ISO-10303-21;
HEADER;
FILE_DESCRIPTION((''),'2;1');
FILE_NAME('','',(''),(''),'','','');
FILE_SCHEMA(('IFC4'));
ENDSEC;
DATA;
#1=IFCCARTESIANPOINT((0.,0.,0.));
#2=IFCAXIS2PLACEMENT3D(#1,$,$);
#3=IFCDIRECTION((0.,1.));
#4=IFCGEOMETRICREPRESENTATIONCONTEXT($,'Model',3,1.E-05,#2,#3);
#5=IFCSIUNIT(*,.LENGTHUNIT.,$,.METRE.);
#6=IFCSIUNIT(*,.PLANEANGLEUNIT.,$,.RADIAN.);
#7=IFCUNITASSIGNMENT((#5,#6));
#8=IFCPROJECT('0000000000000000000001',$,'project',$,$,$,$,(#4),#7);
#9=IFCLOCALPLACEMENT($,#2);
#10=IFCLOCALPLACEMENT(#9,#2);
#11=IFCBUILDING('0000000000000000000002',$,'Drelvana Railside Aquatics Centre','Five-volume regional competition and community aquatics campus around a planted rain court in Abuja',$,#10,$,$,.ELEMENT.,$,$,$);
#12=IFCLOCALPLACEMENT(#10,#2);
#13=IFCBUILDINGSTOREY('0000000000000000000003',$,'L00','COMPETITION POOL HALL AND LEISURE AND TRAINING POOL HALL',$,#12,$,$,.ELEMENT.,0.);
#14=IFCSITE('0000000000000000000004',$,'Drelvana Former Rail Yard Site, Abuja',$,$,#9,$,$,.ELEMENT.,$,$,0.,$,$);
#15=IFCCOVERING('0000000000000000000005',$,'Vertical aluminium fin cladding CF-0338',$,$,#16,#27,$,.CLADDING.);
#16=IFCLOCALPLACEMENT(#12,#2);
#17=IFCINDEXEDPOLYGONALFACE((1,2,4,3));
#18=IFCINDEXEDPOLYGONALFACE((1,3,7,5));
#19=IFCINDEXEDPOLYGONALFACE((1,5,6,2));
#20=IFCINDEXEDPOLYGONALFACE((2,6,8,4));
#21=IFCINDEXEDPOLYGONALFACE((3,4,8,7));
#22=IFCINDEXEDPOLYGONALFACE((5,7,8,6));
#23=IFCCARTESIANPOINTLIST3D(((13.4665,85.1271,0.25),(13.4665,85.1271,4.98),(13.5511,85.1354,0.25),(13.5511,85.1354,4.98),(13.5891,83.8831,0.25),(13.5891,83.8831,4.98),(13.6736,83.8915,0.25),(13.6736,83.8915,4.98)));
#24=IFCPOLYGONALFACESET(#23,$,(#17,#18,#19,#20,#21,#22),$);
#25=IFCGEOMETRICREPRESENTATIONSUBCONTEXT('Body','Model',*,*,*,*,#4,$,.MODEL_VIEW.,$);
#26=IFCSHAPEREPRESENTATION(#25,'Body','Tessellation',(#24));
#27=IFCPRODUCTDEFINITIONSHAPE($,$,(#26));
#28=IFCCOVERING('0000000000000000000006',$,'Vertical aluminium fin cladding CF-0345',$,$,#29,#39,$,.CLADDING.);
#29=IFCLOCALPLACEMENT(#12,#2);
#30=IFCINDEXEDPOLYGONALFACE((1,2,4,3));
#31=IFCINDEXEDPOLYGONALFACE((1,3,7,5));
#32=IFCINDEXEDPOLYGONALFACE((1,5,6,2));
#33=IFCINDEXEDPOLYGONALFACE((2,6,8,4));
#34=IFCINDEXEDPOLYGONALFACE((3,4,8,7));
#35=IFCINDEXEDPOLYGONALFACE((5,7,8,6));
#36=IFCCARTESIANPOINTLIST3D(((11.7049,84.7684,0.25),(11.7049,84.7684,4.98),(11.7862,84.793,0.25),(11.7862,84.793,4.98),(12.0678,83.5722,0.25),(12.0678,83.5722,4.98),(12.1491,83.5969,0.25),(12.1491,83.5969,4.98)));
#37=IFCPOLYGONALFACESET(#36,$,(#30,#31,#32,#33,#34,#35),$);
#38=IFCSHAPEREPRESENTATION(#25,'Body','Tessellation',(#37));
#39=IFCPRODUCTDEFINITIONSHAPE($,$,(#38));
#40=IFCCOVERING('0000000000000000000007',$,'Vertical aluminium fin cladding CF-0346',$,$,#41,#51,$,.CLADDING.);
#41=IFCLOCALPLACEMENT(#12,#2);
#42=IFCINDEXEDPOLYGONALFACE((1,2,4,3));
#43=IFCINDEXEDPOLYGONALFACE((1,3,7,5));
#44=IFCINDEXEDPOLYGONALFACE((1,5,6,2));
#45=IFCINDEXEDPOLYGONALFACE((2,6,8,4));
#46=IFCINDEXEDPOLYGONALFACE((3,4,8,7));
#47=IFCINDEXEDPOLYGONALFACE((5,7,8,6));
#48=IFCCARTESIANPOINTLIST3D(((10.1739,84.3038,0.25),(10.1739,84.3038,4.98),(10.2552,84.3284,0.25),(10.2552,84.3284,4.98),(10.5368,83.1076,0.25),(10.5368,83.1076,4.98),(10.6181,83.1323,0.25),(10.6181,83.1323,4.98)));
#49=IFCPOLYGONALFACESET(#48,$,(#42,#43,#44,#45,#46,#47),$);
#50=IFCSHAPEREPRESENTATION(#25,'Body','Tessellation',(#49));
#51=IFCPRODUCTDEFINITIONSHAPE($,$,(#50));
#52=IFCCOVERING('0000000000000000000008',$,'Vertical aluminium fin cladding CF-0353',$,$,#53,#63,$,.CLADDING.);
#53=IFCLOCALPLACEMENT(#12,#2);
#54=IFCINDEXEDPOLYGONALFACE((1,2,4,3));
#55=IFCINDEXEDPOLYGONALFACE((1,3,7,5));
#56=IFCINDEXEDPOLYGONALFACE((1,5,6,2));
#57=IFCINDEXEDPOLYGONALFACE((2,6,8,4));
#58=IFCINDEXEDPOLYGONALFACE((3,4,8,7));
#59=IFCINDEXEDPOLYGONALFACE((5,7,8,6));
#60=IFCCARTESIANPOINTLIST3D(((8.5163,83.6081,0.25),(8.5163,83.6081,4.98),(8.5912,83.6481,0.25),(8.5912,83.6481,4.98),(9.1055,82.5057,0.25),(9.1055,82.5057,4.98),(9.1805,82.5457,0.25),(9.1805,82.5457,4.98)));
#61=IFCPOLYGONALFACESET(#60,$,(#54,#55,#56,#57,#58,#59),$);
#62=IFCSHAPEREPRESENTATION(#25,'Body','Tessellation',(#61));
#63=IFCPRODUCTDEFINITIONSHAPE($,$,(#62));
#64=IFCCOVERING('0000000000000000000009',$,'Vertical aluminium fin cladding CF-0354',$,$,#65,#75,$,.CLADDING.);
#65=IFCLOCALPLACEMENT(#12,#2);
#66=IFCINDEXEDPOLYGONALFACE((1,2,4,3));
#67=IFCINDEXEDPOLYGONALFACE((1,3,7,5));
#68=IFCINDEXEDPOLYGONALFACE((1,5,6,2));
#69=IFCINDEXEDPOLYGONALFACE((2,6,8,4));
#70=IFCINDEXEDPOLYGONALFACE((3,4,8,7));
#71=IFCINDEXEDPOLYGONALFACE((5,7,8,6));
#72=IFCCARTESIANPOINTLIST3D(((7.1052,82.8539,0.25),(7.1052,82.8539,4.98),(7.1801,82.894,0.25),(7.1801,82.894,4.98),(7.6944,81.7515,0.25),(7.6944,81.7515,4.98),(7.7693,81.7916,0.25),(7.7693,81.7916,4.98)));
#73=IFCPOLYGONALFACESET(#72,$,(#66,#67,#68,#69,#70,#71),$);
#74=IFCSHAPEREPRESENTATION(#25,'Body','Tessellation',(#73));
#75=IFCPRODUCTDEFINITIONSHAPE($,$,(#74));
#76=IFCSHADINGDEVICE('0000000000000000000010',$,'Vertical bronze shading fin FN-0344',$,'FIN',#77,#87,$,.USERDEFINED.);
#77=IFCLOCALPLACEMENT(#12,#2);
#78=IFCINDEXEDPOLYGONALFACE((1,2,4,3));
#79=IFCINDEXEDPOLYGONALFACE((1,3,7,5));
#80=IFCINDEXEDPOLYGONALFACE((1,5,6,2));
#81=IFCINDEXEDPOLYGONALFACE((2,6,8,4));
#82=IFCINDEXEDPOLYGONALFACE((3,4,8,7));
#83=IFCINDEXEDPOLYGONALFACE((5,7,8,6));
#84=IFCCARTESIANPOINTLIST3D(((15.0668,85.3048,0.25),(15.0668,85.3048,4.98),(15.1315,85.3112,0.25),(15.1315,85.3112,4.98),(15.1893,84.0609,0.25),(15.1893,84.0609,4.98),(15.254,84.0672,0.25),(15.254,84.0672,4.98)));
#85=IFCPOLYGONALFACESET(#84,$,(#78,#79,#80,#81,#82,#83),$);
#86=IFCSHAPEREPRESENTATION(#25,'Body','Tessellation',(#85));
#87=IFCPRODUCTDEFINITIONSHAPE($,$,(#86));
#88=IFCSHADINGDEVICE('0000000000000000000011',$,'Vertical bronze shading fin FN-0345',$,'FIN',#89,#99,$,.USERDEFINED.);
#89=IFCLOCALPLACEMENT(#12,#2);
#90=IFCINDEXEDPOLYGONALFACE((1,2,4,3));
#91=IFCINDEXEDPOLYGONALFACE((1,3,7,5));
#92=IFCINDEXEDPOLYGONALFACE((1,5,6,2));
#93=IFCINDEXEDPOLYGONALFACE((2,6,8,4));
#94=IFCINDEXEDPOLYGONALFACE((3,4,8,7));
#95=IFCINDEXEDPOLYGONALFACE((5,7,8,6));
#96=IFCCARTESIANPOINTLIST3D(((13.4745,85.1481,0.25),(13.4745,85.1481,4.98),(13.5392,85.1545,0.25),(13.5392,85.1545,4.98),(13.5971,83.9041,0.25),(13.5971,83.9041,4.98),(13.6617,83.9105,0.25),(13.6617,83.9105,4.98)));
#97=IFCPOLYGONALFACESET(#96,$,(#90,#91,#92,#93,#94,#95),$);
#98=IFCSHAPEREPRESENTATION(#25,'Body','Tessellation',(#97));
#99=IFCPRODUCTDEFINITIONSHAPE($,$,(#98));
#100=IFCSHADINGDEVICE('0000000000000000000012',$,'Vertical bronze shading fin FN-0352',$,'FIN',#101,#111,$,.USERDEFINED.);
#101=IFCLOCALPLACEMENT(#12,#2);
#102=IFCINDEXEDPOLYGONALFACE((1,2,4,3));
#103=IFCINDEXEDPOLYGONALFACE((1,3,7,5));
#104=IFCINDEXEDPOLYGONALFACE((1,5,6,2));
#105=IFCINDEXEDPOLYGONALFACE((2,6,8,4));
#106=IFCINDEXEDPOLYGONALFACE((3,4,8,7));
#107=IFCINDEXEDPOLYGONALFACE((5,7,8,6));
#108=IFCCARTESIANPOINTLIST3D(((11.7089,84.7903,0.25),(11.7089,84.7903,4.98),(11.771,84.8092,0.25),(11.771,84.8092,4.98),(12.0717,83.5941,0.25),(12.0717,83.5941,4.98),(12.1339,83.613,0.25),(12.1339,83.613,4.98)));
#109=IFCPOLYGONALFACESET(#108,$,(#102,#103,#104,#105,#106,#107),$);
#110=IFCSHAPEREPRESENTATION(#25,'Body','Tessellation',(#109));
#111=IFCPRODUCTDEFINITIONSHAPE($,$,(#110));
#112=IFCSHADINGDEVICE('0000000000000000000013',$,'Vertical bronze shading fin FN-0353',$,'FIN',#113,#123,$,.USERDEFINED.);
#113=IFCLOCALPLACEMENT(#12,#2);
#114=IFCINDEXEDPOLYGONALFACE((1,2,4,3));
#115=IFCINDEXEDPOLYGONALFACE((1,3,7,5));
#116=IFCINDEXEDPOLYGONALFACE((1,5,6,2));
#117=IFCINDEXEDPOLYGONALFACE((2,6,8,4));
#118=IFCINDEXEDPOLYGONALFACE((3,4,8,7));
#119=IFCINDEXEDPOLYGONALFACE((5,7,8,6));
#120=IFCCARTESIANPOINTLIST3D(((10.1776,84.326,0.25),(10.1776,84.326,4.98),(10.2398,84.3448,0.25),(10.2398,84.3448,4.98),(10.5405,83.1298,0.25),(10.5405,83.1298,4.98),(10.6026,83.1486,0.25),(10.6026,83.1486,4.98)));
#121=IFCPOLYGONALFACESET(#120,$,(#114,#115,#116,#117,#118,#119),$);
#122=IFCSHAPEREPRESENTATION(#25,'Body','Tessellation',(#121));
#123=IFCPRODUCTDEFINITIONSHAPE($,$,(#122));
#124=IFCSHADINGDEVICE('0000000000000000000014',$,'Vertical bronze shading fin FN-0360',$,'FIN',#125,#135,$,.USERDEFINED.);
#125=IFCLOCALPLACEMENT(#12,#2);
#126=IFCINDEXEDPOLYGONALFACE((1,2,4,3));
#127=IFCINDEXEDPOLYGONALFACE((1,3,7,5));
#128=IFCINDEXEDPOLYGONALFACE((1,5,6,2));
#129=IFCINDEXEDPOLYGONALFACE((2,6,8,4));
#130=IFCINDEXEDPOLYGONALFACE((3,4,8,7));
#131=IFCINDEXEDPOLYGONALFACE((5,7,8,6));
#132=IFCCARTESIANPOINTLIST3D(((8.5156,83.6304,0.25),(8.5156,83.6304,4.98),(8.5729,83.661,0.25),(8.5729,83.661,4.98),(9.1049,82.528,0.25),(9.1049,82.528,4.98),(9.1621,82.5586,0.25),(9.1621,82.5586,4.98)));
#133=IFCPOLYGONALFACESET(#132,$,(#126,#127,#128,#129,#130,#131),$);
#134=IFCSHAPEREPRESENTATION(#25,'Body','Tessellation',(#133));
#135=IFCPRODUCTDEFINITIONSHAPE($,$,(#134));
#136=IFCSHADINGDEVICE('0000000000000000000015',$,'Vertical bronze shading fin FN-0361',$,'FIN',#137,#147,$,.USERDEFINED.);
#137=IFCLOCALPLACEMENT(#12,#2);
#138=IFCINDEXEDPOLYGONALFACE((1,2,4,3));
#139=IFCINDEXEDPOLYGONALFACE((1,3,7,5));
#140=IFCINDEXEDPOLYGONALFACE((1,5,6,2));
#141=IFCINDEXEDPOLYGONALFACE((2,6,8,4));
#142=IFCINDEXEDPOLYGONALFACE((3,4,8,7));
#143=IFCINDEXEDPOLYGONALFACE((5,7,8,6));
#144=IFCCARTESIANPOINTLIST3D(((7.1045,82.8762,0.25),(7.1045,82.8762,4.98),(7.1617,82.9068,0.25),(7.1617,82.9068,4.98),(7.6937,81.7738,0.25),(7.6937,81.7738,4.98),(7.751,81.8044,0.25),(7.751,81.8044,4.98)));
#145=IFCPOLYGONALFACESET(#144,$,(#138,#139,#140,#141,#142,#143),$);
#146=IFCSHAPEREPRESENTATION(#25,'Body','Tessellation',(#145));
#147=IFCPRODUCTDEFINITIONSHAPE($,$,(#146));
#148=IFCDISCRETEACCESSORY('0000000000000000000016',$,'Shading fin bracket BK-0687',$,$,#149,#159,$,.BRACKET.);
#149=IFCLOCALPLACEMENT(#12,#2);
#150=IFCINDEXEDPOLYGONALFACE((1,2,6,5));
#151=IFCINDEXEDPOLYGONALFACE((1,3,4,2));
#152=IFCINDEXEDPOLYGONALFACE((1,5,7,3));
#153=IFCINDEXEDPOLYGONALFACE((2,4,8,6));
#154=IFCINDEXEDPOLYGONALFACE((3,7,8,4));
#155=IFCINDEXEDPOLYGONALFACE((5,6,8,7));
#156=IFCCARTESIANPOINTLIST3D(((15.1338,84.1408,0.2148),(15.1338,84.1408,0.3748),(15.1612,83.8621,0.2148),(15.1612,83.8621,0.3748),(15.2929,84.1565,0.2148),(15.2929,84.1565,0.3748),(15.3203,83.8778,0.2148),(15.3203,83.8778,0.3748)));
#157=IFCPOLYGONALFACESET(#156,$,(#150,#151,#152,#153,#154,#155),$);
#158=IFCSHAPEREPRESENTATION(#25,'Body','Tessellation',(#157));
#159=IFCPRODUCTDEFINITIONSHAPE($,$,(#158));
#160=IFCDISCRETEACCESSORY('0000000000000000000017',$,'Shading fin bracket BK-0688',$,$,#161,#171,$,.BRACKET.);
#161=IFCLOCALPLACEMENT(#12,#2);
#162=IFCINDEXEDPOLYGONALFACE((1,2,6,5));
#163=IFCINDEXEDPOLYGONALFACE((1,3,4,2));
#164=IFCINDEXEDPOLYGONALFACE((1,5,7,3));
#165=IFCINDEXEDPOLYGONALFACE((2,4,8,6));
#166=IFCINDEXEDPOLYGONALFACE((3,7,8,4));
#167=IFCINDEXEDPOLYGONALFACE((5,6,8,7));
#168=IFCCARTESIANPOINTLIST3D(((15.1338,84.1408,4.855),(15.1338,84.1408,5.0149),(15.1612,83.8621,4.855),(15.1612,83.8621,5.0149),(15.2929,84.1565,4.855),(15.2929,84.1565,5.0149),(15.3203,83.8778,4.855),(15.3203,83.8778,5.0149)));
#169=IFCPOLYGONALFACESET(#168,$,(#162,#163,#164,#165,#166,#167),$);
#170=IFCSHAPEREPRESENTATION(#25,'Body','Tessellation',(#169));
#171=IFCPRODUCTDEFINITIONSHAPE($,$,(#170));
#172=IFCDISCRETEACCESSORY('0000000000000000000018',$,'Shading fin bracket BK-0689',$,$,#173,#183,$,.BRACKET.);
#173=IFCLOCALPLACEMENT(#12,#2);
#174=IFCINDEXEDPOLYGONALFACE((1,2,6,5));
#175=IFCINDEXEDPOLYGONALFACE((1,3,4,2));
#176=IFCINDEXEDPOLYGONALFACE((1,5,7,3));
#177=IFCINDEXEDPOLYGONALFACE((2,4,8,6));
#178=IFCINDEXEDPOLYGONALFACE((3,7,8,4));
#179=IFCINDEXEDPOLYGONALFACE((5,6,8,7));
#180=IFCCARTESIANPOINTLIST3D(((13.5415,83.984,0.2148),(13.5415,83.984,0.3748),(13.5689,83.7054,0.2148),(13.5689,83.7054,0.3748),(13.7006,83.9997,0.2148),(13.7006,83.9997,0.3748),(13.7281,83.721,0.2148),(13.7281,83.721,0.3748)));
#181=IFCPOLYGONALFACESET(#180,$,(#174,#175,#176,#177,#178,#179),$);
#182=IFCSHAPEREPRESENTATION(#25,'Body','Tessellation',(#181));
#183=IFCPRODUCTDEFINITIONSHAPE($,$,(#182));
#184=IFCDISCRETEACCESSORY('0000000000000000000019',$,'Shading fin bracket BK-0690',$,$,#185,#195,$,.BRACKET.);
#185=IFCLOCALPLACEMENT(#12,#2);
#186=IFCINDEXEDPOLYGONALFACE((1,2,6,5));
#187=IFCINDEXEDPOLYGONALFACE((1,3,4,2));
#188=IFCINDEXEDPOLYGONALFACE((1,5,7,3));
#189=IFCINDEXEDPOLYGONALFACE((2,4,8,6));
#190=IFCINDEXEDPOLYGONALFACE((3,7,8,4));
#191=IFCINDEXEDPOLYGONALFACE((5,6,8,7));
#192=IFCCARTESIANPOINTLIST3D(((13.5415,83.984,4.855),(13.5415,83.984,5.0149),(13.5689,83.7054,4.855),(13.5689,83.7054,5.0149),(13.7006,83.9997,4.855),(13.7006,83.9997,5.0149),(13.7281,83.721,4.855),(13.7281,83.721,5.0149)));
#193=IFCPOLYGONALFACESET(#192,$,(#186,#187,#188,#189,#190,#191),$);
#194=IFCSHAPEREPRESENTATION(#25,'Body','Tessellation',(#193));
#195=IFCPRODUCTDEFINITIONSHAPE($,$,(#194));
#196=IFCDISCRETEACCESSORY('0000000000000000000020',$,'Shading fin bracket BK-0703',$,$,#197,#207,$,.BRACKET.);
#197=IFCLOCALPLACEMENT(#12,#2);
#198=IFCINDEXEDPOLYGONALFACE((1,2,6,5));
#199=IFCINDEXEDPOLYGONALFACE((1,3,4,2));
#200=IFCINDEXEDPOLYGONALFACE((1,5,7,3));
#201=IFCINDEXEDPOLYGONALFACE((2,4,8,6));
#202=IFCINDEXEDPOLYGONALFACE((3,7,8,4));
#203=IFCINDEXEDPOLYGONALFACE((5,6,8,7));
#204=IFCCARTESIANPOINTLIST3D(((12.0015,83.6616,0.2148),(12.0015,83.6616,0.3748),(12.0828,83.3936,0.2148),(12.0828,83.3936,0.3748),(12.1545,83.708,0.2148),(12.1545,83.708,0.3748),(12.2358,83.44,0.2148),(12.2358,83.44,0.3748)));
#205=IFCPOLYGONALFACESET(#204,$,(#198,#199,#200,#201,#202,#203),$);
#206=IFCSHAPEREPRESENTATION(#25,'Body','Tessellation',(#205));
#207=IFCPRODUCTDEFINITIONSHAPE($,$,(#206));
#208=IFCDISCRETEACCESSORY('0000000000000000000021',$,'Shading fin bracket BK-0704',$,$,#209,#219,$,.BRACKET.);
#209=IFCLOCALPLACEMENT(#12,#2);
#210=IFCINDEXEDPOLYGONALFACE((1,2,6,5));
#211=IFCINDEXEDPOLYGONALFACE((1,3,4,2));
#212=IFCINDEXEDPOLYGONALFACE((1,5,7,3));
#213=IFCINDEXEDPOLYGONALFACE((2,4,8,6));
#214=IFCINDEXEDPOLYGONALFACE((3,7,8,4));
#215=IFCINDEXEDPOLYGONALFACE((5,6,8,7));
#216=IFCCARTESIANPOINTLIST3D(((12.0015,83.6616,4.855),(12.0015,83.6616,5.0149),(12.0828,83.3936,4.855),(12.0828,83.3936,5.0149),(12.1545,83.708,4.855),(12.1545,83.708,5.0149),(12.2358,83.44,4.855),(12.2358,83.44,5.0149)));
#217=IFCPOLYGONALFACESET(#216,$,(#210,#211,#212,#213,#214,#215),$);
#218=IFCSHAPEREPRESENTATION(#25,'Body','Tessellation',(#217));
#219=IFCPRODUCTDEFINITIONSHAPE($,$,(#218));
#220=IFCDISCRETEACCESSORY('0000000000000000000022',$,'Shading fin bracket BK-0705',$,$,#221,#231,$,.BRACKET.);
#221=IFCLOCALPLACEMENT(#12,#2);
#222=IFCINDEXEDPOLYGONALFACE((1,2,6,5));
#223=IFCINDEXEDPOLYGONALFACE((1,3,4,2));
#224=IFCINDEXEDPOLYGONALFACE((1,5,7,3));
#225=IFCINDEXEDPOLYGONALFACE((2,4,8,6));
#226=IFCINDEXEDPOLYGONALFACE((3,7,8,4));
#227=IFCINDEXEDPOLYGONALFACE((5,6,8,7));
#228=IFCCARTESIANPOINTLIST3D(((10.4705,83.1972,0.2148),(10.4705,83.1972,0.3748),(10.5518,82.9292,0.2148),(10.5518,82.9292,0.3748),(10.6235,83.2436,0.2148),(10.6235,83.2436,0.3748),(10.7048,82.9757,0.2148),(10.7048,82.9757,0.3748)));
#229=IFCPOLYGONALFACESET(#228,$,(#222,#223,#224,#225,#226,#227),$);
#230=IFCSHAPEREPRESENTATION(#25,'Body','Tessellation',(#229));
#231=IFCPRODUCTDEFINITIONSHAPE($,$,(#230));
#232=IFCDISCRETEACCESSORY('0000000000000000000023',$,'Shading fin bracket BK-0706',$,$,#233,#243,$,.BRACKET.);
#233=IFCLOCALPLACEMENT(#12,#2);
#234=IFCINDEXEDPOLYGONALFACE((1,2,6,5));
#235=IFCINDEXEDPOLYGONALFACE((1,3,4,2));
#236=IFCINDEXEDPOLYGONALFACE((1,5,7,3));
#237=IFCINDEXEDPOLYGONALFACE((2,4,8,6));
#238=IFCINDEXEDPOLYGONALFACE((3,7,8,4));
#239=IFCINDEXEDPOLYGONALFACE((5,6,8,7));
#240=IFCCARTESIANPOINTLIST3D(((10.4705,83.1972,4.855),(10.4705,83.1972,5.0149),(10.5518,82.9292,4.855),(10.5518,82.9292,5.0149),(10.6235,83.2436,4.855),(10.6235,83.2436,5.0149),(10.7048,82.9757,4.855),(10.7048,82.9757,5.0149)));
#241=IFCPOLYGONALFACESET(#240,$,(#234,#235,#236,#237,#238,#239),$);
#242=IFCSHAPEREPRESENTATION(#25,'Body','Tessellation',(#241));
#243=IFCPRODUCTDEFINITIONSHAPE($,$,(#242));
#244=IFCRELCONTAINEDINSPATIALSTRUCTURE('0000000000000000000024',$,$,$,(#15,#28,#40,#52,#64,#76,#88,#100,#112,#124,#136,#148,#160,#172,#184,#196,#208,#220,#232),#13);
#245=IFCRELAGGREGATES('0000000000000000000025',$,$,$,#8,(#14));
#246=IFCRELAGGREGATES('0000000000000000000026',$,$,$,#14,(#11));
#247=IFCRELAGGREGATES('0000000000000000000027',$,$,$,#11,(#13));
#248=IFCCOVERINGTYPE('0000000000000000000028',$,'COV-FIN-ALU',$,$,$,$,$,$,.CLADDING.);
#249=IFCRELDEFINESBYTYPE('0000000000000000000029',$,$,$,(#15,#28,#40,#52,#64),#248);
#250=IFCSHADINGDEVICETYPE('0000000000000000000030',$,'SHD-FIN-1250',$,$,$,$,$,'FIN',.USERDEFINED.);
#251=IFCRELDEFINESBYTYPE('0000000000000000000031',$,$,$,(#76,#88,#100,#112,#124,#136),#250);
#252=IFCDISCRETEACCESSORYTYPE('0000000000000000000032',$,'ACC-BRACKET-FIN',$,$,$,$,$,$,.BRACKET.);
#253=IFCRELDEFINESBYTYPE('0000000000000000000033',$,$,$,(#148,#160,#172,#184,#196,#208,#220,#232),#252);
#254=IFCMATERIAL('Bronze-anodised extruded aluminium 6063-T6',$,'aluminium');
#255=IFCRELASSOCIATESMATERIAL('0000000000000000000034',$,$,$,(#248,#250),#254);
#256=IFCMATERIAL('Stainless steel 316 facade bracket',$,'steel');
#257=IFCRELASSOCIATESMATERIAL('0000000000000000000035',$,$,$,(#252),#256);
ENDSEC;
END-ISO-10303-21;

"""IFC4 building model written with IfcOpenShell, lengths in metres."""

from ifc_helpers import new_model, si_unit, direction, frame, origin, origin_2d, place, context, subcontext, project, spatial, rectangle, extrude, material, type_object, element, save


model = new_model("IFC4")

# Units and contexts
model_context = context("Model", 3, precision=1e-05, world=origin(), true_north=direction((0.0, 1.0)))
body_context = subcontext(model_context, "Body", "Model", "MODEL_VIEW")
ifc_project = project(units=[si_unit("LENGTHUNIT", "METRE"), si_unit("PLANEANGLEUNIT", "RADIAN")], contexts=[model_context])

# Site, building, storey
site_placement = place(None, origin())
site = spatial("IfcSite", under=ifc_project, at=site_placement, Name="Drelvana Former Rail Yard Site, Abuja", CompositionType="ELEMENT", RefElevation=0.0)
building_placement = place(site_placement, origin())
building = spatial("IfcBuilding", under=site, at=building_placement, Name="Drelvana Railside Aquatics Centre", Description="Five-volume regional competition and community aquatics campus around a planted rain court in Abuja", CompositionType="ELEMENT")
storey_placement = place(building_placement, origin())
storey = spatial("IfcBuildingStorey", under=building, at=storey_placement, Name="L00", Description="COMPETITION POOL HALL AND LEISURE AND TRAINING POOL HALL", CompositionType="ELEMENT", Elevation=0.0)

# Coverings
ifc_material_1 = material(Name="Bronze-anodised extruded aluminium 6063-T6", Category="aluminium")
covering_type = type_object("IfcCoveringType", Name="COV-FIN-ALU", PredefinedType="CLADDING", material=ifc_material_1)
for number, where, z_axis, x_axis, name in (
    (1, (13.5701, 84.5093, 0.25), (0.0, 0.0, 1.0), (0.995185, 0.098017, 0.0), "Vertical aluminium fin cladding CF-0338"),
    (2, (11.927, 84.1826, 0.25), (0.0, 0.0, 1.0), (0.95694, 0.290285, 0.0), "Vertical aluminium fin cladding CF-0345"),
    (3, (10.396, 83.718, 0.25), (0.0, 0.0, 1.0), (0.95694, 0.290285, 0.0), "Vertical aluminium fin cladding CF-0346"),
    (4, (8.8484, 83.0769, 0.25), (0.0, 0.0, 1.0), (0.881921, 0.471397, 0.0), "Vertical aluminium fin cladding CF-0353"),
    (5, (7.4373, 82.3228, 0.25), (0.0, 0.0, 1.0), (0.881921, 0.471397, 0.0), "Vertical aluminium fin cladding CF-0354"),
):
    element("IfcCovering", number, at=place(storey_placement, frame(where, z_axis=z_axis, x_axis=x_axis)), inside=storey, type_object=covering_type, Name=name, PredefinedType="CLADDING", context=body_context, shape_type="SweptSolid", body=[
        extrude(rectangle(XDim=0.085, YDim=1.25, at=origin_2d()), origin(), (0.0, 0.0, 1.0), 4.73),
    ])

# Shading devices
shading_device_type = type_object("IfcShadingDeviceType", Name="SHD-FIN-1250", ElementType="FIN", PredefinedType="USERDEFINED", material=ifc_material_1)
for number, where, z_axis, x_axis, name in (
    (6, (15.1604, 84.686, 0.25), (0.0, 0.0, 1.0), (-0.098017, 0.995185, 0.0), "Vertical bronze shading fin FN-0344"),
    (7, (13.5681, 84.5293, 0.25), (0.0, 0.0, 1.0), (-0.098017, 0.995185, 0.0), "Vertical bronze shading fin FN-0345"),
    (8, (11.9214, 84.2017, 0.25), (0.0, 0.0, 1.0), (-0.290285, 0.95694, 0.0), "Vertical bronze shading fin FN-0352"),
    (9, (10.3901, 83.7373, 0.25), (0.0, 0.0, 1.0), (-0.290285, 0.95694, 0.0), "Vertical bronze shading fin FN-0353"),
    (10, (8.8389, 83.0945, 0.25), (0.0, 0.0, 1.0), (-0.471397, 0.881921, 0.0), "Vertical bronze shading fin FN-0360"),
    (11, (7.4277, 82.3403, 0.25), (0.0, 0.0, 1.0), (-0.471397, 0.881921, 0.0), "Vertical bronze shading fin FN-0361"),
):
    element("IfcShadingDevice", number, at=place(storey_placement, frame(where, z_axis=z_axis, x_axis=x_axis)), inside=storey, type_object=shading_device_type, Name=name, ObjectType="FIN", PredefinedType="USERDEFINED", context=body_context, shape_type="SweptSolid", body=[
        extrude(rectangle(XDim=1.25, YDim=0.0649, at=origin_2d()), origin(), (0.0, 0.0, 1.0), 4.73),
    ])

# Discrete accessories
ifc_material_2 = material(Name="Stainless steel 316 facade bracket", Category="steel")
discrete_accessory_type = type_object("IfcDiscreteAccessoryType", Name="ACC-BRACKET-FIN", PredefinedType="BRACKET", material=ifc_material_2)
for number, where, z_axis, x_axis, name in (
    (12, (15.2271, 84.0093, 0.2148), (0.0, 0.0, 1.0), (-0.098017, 0.995185, 0.0), "Shading fin bracket BK-0687"),
    (13, (15.2271, 84.0093, 4.855), (0.0, 0.0, 1.0), (-0.098017, 0.995185, 0.0), "Shading fin bracket BK-0688"),
    (14, (13.6348, 83.8525, 0.2148), (0.0, 0.0, 1.0), (-0.098017, 0.995185, 0.0), "Shading fin bracket BK-0689"),
    (15, (13.6348, 83.8525, 4.855), (0.0, 0.0, 1.0), (-0.098017, 0.995185, 0.0), "Shading fin bracket BK-0690"),
    (16, (12.1187, 83.5508, 0.2148), (0.0, 0.0, 1.0), (-0.290285, 0.95694, 0.0), "Shading fin bracket BK-0703"),
    (17, (12.1187, 83.5508, 4.855), (0.0, 0.0, 1.0), (-0.290285, 0.95694, 0.0), "Shading fin bracket BK-0704"),
    (18, (10.5876, 83.0864, 0.2148), (0.0, 0.0, 1.0), (-0.290285, 0.95694, 0.0), "Shading fin bracket BK-0705"),
    (19, (10.5876, 83.0864, 4.855), (0.0, 0.0, 1.0), (-0.290285, 0.95694, 0.0), "Shading fin bracket BK-0706"),
):
    element("IfcDiscreteAccessory", number, at=place(storey_placement, frame(where, z_axis=z_axis, x_axis=x_axis)), inside=storey, type_object=discrete_accessory_type, Name=name, PredefinedType="BRACKET", context=body_context, shape_type="SweptSolid", body=[
        extrude(rectangle(XDim=0.28, YDim=0.1599, at=origin_2d()), origin(), (0.0, 0.0, 1.0), 0.1599),
    ])

save(model, "model.ifc")
